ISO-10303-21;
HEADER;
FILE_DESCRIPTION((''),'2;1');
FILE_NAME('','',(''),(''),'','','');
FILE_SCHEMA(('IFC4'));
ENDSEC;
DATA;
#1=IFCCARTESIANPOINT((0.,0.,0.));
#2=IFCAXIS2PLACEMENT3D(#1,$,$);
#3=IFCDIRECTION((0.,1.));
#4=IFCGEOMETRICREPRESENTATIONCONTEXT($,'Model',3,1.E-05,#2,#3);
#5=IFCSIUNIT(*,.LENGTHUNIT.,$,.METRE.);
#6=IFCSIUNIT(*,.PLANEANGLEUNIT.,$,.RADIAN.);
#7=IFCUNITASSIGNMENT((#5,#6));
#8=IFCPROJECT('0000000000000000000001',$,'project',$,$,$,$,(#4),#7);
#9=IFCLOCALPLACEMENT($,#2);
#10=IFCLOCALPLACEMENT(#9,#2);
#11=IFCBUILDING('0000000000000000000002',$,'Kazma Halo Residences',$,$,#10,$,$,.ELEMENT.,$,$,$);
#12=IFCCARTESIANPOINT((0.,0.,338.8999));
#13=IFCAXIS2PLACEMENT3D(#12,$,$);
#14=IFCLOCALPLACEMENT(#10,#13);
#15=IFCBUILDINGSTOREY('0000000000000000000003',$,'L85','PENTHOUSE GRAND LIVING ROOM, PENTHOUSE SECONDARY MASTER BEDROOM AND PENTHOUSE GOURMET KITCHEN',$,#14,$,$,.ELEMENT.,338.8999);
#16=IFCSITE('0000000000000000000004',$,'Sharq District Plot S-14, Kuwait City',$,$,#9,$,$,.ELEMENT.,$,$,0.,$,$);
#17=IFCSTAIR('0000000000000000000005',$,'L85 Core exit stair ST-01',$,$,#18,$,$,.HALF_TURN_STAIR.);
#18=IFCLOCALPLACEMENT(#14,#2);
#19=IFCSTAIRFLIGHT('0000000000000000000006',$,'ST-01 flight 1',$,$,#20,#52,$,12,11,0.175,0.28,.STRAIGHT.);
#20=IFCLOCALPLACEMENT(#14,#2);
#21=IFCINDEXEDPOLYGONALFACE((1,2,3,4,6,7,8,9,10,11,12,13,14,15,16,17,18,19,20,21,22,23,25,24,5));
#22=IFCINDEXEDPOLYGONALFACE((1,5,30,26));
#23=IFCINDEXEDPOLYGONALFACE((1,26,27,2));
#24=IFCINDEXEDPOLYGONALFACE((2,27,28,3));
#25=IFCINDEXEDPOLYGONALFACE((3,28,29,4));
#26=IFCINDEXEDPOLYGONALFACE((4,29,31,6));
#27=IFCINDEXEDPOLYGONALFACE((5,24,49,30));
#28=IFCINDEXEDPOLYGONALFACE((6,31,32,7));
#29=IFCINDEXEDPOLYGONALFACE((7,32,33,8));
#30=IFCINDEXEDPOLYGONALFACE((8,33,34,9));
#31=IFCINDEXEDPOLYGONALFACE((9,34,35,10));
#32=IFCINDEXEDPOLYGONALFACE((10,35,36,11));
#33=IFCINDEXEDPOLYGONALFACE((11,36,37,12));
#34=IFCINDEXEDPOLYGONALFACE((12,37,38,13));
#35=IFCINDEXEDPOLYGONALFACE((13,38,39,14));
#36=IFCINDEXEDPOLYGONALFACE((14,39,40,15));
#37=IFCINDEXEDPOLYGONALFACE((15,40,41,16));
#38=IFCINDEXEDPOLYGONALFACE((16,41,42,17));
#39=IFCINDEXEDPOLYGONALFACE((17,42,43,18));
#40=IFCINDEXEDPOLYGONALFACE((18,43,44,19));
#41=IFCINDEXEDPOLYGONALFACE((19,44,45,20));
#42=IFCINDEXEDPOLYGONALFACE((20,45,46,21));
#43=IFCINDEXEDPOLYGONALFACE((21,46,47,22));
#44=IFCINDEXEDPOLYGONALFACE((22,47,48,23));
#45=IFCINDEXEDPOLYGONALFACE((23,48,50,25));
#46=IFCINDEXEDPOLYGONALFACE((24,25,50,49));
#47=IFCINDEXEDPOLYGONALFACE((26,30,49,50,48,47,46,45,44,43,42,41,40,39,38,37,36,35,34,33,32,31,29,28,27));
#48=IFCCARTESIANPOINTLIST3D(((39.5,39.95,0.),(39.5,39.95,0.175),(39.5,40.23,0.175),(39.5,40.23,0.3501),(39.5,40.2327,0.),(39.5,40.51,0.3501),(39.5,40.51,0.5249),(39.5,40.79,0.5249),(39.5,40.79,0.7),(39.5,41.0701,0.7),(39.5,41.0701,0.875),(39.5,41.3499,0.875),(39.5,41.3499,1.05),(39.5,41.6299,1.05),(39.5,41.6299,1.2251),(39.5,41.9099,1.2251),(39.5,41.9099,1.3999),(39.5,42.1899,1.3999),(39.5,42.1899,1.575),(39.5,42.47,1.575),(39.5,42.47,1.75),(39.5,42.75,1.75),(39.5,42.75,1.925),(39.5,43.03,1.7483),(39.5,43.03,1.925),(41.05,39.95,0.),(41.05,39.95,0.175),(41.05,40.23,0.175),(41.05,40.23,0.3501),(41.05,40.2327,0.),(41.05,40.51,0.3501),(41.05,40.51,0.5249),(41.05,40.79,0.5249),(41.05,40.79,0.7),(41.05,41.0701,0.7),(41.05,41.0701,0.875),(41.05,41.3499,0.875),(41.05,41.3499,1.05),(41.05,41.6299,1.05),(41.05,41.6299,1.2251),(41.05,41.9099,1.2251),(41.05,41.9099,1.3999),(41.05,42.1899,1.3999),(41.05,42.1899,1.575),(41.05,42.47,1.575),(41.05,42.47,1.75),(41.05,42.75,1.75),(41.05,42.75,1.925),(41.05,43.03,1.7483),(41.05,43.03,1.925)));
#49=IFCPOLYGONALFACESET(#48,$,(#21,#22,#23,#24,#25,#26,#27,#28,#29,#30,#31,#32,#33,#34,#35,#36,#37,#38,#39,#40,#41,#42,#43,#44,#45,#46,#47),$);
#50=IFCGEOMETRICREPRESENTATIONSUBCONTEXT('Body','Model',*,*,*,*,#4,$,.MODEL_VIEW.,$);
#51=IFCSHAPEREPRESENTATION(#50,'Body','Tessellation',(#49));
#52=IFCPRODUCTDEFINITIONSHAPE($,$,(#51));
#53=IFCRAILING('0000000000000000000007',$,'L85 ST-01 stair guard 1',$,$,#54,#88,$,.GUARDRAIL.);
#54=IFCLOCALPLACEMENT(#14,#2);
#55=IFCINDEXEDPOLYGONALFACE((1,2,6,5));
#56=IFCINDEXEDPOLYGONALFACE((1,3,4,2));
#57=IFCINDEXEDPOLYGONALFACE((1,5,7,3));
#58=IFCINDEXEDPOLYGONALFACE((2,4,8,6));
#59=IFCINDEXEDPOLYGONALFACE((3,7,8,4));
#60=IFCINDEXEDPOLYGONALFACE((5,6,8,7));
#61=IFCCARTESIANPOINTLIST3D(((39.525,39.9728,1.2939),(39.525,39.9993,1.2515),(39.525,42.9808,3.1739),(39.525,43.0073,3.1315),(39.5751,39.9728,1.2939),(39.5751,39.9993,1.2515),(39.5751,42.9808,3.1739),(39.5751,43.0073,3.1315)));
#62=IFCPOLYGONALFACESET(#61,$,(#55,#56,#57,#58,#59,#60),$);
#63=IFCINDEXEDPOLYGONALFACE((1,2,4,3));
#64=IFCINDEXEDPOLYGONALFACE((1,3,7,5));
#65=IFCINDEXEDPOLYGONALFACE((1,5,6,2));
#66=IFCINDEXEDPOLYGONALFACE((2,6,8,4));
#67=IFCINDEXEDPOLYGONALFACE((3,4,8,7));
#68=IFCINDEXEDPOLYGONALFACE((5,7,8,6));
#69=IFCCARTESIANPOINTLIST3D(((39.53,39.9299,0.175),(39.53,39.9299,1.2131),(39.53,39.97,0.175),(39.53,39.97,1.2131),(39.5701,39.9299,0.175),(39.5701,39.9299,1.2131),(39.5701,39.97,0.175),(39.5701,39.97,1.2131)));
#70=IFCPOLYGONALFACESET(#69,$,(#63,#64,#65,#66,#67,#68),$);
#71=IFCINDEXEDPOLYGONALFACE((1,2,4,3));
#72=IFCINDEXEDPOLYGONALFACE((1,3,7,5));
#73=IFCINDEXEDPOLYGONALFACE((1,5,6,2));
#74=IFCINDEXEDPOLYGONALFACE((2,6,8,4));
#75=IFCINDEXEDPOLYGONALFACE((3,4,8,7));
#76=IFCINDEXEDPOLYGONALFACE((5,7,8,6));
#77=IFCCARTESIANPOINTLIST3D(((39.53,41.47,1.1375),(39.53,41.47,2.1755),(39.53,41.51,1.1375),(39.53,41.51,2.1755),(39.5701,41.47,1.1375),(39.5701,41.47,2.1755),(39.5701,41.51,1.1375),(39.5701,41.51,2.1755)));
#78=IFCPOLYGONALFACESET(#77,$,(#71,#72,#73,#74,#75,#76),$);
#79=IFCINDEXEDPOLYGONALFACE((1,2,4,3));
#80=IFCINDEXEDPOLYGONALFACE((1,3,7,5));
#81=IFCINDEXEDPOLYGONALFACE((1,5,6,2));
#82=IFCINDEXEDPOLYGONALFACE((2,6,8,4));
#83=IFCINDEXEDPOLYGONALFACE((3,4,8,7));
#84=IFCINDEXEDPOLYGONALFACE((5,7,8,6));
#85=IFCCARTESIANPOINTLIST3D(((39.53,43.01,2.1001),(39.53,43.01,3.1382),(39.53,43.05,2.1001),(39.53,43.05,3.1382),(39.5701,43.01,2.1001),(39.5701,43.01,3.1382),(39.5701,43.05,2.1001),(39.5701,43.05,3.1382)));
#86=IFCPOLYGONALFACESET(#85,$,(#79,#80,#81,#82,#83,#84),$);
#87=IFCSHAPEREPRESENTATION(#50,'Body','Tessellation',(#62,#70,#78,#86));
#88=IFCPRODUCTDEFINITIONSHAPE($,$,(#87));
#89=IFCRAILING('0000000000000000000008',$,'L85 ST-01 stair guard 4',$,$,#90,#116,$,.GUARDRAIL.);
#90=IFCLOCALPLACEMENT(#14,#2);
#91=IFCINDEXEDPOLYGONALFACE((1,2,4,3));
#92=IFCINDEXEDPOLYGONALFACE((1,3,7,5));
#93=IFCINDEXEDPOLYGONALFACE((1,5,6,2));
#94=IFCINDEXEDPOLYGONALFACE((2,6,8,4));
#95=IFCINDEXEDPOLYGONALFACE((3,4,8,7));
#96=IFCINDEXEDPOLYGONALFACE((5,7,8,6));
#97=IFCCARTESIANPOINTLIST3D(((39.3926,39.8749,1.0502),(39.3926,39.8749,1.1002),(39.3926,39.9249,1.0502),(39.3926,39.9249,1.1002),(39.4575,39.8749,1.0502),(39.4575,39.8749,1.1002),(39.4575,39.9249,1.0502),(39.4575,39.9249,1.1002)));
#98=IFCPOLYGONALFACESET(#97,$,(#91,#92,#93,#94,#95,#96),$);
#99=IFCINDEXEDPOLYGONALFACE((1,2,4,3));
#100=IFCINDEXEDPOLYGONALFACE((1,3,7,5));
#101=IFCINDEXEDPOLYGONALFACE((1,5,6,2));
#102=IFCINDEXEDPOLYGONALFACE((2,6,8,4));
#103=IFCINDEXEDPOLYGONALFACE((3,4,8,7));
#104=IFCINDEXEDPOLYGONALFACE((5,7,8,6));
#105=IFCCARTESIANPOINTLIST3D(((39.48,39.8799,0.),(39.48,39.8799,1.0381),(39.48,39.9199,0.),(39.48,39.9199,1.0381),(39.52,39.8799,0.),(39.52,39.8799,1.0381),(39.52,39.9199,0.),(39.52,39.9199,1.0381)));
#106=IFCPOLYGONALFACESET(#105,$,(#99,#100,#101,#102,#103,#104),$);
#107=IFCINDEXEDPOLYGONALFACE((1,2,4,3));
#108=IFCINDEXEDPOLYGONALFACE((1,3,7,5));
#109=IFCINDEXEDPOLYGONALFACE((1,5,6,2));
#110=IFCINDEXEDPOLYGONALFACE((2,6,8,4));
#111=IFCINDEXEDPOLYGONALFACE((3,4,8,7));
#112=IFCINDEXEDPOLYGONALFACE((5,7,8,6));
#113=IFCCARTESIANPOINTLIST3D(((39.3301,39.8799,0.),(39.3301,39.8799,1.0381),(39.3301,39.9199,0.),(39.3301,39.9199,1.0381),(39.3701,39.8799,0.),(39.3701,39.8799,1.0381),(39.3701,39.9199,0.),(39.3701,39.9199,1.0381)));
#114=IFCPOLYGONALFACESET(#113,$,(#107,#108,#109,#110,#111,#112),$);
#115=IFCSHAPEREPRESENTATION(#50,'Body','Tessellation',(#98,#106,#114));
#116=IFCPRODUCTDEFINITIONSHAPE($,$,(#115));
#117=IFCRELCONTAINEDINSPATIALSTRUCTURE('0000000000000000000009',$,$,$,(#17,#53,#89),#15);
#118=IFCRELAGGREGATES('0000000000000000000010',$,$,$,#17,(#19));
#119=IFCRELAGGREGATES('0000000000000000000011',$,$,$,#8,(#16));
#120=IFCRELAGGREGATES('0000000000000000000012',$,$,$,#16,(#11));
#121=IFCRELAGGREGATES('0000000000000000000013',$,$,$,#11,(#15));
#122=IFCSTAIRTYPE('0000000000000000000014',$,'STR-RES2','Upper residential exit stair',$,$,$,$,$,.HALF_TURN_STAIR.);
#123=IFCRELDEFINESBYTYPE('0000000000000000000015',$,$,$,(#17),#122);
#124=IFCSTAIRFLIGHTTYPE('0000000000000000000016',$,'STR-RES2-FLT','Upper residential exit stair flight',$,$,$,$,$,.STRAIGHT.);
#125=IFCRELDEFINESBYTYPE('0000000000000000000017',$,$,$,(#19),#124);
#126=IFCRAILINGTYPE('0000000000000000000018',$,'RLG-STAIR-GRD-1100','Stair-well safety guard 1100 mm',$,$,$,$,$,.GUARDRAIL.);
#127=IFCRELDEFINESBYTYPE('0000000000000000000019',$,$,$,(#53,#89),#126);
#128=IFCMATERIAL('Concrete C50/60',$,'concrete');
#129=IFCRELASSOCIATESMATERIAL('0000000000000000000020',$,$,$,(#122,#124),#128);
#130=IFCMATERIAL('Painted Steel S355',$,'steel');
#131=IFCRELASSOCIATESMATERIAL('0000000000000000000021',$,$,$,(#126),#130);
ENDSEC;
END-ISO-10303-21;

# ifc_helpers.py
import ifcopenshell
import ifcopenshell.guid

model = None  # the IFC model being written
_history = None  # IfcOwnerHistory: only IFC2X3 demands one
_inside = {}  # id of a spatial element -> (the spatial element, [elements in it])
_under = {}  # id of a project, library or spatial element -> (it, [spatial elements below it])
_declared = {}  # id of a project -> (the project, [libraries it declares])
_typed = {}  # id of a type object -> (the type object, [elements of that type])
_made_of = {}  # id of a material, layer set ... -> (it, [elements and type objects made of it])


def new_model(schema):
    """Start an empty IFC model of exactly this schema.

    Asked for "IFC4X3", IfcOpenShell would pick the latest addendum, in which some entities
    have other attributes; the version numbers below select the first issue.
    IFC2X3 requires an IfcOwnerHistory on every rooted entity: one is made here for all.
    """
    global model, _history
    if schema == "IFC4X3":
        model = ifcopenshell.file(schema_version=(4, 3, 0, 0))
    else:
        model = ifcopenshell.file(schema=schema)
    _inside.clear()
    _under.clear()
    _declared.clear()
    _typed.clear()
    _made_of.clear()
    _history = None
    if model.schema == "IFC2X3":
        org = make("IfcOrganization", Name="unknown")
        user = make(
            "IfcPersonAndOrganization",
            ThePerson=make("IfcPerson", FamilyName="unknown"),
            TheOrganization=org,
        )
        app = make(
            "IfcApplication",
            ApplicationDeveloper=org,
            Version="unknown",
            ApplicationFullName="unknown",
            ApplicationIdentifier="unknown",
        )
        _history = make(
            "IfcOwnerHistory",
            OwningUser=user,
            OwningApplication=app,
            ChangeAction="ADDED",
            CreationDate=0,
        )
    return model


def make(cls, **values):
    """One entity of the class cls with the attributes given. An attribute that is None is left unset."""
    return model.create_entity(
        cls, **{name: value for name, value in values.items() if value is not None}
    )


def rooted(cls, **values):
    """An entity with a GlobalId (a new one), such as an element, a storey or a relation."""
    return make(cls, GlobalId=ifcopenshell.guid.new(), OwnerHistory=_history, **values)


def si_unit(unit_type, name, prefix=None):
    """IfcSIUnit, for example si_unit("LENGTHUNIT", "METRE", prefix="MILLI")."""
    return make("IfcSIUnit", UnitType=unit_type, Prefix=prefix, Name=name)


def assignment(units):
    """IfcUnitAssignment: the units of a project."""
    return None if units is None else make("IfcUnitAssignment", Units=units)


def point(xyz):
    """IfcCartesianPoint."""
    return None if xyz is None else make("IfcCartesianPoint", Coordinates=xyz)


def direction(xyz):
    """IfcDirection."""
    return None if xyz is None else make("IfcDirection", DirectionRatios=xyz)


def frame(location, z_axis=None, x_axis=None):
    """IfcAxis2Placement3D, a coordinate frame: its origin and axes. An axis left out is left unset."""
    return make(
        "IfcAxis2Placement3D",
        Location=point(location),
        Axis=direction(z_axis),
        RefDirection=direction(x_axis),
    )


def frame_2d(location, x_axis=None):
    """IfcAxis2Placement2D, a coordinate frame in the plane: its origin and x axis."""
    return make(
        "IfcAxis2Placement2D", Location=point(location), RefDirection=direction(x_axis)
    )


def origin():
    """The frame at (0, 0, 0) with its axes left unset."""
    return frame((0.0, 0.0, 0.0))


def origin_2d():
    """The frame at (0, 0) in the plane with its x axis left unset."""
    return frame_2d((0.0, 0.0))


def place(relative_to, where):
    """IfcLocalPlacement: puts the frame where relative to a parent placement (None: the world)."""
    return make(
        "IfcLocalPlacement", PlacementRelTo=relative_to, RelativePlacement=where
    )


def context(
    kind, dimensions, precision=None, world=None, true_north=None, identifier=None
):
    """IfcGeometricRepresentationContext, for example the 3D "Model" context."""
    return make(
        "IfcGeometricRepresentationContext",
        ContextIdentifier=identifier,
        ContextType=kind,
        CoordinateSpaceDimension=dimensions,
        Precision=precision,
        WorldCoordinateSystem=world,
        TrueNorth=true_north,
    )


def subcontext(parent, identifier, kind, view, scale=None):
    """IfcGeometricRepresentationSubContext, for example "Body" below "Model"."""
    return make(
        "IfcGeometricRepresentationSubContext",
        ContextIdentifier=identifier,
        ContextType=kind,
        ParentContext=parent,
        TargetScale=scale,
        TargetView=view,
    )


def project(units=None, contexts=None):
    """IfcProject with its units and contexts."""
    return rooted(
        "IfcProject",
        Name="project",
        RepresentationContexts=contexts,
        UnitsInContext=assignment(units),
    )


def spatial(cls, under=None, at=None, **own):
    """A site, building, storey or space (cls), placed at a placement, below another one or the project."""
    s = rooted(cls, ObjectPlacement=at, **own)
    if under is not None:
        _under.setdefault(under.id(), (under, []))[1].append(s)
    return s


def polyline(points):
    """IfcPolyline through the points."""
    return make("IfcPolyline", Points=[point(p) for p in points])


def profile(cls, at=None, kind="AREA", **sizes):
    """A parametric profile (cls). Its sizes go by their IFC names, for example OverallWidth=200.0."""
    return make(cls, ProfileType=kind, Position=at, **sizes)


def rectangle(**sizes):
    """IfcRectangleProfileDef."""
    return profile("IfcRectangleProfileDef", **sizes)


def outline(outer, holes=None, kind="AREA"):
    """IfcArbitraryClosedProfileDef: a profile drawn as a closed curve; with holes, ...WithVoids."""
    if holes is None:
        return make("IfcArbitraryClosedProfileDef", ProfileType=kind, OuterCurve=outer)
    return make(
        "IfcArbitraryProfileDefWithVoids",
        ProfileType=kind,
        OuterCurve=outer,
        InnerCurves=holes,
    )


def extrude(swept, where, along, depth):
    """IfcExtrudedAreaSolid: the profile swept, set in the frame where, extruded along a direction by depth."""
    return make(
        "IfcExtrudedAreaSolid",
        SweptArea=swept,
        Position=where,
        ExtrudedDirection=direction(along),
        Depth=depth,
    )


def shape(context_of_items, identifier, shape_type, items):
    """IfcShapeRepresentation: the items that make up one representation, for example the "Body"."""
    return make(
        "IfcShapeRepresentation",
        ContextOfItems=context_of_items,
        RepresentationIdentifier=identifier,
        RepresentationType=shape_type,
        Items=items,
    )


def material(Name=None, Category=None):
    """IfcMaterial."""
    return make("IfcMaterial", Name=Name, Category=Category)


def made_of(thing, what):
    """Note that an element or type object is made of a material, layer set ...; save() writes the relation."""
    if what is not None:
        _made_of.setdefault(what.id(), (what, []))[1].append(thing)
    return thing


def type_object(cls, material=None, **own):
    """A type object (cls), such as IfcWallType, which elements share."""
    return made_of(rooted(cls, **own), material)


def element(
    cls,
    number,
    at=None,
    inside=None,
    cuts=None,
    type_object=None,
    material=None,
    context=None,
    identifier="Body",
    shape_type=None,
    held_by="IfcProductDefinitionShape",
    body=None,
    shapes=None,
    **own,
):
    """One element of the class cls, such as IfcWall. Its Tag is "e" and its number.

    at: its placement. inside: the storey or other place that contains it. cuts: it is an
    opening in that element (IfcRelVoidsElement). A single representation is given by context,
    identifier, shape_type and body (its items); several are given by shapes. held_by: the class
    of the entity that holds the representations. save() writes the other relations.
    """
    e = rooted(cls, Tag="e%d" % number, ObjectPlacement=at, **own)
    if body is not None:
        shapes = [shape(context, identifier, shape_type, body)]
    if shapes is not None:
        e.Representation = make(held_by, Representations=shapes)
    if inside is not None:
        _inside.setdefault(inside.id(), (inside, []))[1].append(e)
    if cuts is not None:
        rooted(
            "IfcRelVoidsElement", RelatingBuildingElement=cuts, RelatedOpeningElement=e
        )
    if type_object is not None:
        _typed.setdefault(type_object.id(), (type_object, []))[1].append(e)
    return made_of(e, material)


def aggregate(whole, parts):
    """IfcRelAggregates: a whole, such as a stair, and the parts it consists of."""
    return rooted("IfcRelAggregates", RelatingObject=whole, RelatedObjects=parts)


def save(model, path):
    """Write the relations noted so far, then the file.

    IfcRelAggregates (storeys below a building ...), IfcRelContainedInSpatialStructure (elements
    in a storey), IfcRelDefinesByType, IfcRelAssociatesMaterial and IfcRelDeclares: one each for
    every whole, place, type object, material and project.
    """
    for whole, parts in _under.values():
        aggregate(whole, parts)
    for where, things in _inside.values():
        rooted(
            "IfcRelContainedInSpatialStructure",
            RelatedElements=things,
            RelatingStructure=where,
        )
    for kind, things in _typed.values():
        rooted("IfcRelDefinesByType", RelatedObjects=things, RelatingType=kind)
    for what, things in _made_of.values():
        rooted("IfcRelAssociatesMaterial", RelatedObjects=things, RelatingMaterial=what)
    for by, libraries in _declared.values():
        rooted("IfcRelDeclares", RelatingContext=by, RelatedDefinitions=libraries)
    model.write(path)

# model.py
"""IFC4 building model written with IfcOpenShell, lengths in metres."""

from ifc_helpers import new_model, si_unit, direction, frame, origin, origin_2d, place, context, subcontext, project, spatial, polyline, rectangle, outline, extrude, material, type_object, element, aggregate, save


model = new_model("IFC4")

# Units and contexts
model_context = context("Model", 3, precision=1e-05, world=origin(), true_north=direction((0.0, 1.0)))
body_context = subcontext(model_context, "Body", "Model", "MODEL_VIEW")
ifc_project = project(units=[si_unit("LENGTHUNIT", "METRE"), si_unit("PLANEANGLEUNIT", "RADIAN")], contexts=[model_context])

# Site, building, storey
site_placement = place(None, origin())
site = spatial("IfcSite", under=ifc_project, at=site_placement, Name="Sharq District Plot S-14, Kuwait City", CompositionType="ELEMENT", RefElevation=0.0)
building_placement = place(site_placement, origin())
building = spatial("IfcBuilding", under=site, at=building_placement, Name="Kazma Halo Residences", CompositionType="ELEMENT")
storey_placement = place(building_placement, frame((0.0, 0.0, 338.8999)))
storey = spatial("IfcBuildingStorey", under=building, at=storey_placement, Name="L85", Description="PENTHOUSE GRAND LIVING ROOM, PENTHOUSE SECONDARY MASTER BEDROOM AND PENTHOUSE GOURMET KITCHEN", CompositionType="ELEMENT", Elevation=338.8999)

# Shared definitions
ifc_material_1 = material(Name="Concrete C50/60", Category="concrete")

# Stair, stair flight
stair_type = type_object("IfcStairType", Name="STR-RES2", Description="Upper residential exit stair", PredefinedType="HALF_TURN_STAIR", material=ifc_material_1)
stair_placement = place(storey_placement, origin())
stair = element("IfcStair", 1, at=stair_placement, inside=storey, type_object=stair_type, Name="L85 Core exit stair ST-01", PredefinedType="HALF_TURN_STAIR")
stair_flight_type = type_object("IfcStairFlightType", Name="STR-RES2-FLT", Description="Upper residential exit stair flight", PredefinedType="STRAIGHT", material=ifc_material_1)
stair_flight_placement = place(storey_placement, frame((40.2749, 39.95, 0.0), z_axis=(0.0, 0.0, 1.0), x_axis=(0.0, 1.0, 0.0)))
stair_flight = element("IfcStairFlight", 2, at=stair_flight_placement, type_object=stair_flight_type, Name="ST-01 flight 1", NumberOfRisers=12, NumberOfTreads=11, PredefinedType="STRAIGHT", RiserHeight=0.175, TreadLength=0.28, context=body_context, shape_type="SweptSolid", body=[
    extrude(outline(polyline([(0.0, 0.0), (0.0, 0.175), (0.28, 0.175), (0.28, 0.3501), (0.5601, 0.3501), (0.5601, 0.5249), (0.8401, 0.5249), (0.8401, 0.7), (1.1201, 0.7), (1.1201, 0.875), (1.3999, 0.875), (1.3999, 1.05), (1.6799, 1.05), (1.6799, 1.2251), (1.96, 1.2251), (1.96, 1.3999), (2.24, 1.3999), (2.24, 1.575), (2.52, 1.575), (2.52, 1.75), (2.8, 1.75), (2.8, 1.925), (3.0801, 1.925), (3.0801, 2.1001), (3.0801, 1.7483), (0.2827, 0.0), (0.0, 0.0)])), frame((0.0, 0.7749, 0.0), z_axis=(0.0, -1.0, 0.0), x_axis=(1.0, 0.0, 0.0)), (0.0, 0.0, 1.0), 1.55),
])
aggregate(stair, [stair_flight])

# Railings
ifc_material_2 = material(Name="Painted Steel S355", Category="steel")
railing_type = type_object("IfcRailingType", Name="RLG-STAIR-GRD-1100", Description="Stair-well safety guard 1100 mm", PredefinedType="GUARDRAIL", material=ifc_material_2)
railing_1_placement = place(storey_placement, frame((39.55, 39.95, 0.175)))
element("IfcRailing", 3, at=railing_1_placement, inside=storey, type_object=railing_type, Name="L85 ST-01 stair guard 1", PredefinedType="GUARDRAIL", context=body_context, shape_type="SweptSolid", body=[
    extrude(rectangle(XDim=0.05, YDim=0.05, at=origin_2d()), frame((0.0, 0.0361, 1.0977), z_axis=(0.0, 0.847998, 0.529999), x_axis=(-1.0, 0.0, 0.0)), (0.0, 0.0, 1.0), 3.5471),
    extrude(rectangle(XDim=0.04, YDim=0.04, at=origin_2d()), origin(), (0.0, 0.0, 1.0), 1.0381),
    extrude(rectangle(XDim=0.04, YDim=0.04, at=origin_2d()), frame((0.0, 1.54, 0.9624)), (0.0, 0.0, 1.0), 1.0381),
    extrude(rectangle(XDim=0.04, YDim=0.04, at=origin_2d()), frame((0.0, 3.0801, 1.925)), (0.0, 0.0, 1.0), 1.0381),
])
railing_2_placement = place(storey_placement, frame((39.5, 39.8999, 0.0)))
element("IfcRailing", 4, at=railing_2_placement, inside=storey, type_object=railing_type, Name="L85 ST-01 stair guard 4", PredefinedType="GUARDRAIL", context=body_context, shape_type="SweptSolid", body=[
    extrude(rectangle(XDim=0.05, YDim=0.05, at=origin_2d()), frame((-0.0425, 0.0, 1.0752), z_axis=(-1.0, 0.0, 0.0), x_axis=(0.0, -1.0, 0.0)), (0.0, 0.0, 1.0), 0.0649),
    extrude(rectangle(XDim=0.04, YDim=0.04, at=origin_2d()), origin(), (0.0, 0.0, 1.0), 1.0381),
    extrude(rectangle(XDim=0.04, YDim=0.04, at=origin_2d()), frame((-0.1499, 0.0, 0.0)), (0.0, 0.0, 1.0), 1.0381),
])

save(model, "model.ifc")
